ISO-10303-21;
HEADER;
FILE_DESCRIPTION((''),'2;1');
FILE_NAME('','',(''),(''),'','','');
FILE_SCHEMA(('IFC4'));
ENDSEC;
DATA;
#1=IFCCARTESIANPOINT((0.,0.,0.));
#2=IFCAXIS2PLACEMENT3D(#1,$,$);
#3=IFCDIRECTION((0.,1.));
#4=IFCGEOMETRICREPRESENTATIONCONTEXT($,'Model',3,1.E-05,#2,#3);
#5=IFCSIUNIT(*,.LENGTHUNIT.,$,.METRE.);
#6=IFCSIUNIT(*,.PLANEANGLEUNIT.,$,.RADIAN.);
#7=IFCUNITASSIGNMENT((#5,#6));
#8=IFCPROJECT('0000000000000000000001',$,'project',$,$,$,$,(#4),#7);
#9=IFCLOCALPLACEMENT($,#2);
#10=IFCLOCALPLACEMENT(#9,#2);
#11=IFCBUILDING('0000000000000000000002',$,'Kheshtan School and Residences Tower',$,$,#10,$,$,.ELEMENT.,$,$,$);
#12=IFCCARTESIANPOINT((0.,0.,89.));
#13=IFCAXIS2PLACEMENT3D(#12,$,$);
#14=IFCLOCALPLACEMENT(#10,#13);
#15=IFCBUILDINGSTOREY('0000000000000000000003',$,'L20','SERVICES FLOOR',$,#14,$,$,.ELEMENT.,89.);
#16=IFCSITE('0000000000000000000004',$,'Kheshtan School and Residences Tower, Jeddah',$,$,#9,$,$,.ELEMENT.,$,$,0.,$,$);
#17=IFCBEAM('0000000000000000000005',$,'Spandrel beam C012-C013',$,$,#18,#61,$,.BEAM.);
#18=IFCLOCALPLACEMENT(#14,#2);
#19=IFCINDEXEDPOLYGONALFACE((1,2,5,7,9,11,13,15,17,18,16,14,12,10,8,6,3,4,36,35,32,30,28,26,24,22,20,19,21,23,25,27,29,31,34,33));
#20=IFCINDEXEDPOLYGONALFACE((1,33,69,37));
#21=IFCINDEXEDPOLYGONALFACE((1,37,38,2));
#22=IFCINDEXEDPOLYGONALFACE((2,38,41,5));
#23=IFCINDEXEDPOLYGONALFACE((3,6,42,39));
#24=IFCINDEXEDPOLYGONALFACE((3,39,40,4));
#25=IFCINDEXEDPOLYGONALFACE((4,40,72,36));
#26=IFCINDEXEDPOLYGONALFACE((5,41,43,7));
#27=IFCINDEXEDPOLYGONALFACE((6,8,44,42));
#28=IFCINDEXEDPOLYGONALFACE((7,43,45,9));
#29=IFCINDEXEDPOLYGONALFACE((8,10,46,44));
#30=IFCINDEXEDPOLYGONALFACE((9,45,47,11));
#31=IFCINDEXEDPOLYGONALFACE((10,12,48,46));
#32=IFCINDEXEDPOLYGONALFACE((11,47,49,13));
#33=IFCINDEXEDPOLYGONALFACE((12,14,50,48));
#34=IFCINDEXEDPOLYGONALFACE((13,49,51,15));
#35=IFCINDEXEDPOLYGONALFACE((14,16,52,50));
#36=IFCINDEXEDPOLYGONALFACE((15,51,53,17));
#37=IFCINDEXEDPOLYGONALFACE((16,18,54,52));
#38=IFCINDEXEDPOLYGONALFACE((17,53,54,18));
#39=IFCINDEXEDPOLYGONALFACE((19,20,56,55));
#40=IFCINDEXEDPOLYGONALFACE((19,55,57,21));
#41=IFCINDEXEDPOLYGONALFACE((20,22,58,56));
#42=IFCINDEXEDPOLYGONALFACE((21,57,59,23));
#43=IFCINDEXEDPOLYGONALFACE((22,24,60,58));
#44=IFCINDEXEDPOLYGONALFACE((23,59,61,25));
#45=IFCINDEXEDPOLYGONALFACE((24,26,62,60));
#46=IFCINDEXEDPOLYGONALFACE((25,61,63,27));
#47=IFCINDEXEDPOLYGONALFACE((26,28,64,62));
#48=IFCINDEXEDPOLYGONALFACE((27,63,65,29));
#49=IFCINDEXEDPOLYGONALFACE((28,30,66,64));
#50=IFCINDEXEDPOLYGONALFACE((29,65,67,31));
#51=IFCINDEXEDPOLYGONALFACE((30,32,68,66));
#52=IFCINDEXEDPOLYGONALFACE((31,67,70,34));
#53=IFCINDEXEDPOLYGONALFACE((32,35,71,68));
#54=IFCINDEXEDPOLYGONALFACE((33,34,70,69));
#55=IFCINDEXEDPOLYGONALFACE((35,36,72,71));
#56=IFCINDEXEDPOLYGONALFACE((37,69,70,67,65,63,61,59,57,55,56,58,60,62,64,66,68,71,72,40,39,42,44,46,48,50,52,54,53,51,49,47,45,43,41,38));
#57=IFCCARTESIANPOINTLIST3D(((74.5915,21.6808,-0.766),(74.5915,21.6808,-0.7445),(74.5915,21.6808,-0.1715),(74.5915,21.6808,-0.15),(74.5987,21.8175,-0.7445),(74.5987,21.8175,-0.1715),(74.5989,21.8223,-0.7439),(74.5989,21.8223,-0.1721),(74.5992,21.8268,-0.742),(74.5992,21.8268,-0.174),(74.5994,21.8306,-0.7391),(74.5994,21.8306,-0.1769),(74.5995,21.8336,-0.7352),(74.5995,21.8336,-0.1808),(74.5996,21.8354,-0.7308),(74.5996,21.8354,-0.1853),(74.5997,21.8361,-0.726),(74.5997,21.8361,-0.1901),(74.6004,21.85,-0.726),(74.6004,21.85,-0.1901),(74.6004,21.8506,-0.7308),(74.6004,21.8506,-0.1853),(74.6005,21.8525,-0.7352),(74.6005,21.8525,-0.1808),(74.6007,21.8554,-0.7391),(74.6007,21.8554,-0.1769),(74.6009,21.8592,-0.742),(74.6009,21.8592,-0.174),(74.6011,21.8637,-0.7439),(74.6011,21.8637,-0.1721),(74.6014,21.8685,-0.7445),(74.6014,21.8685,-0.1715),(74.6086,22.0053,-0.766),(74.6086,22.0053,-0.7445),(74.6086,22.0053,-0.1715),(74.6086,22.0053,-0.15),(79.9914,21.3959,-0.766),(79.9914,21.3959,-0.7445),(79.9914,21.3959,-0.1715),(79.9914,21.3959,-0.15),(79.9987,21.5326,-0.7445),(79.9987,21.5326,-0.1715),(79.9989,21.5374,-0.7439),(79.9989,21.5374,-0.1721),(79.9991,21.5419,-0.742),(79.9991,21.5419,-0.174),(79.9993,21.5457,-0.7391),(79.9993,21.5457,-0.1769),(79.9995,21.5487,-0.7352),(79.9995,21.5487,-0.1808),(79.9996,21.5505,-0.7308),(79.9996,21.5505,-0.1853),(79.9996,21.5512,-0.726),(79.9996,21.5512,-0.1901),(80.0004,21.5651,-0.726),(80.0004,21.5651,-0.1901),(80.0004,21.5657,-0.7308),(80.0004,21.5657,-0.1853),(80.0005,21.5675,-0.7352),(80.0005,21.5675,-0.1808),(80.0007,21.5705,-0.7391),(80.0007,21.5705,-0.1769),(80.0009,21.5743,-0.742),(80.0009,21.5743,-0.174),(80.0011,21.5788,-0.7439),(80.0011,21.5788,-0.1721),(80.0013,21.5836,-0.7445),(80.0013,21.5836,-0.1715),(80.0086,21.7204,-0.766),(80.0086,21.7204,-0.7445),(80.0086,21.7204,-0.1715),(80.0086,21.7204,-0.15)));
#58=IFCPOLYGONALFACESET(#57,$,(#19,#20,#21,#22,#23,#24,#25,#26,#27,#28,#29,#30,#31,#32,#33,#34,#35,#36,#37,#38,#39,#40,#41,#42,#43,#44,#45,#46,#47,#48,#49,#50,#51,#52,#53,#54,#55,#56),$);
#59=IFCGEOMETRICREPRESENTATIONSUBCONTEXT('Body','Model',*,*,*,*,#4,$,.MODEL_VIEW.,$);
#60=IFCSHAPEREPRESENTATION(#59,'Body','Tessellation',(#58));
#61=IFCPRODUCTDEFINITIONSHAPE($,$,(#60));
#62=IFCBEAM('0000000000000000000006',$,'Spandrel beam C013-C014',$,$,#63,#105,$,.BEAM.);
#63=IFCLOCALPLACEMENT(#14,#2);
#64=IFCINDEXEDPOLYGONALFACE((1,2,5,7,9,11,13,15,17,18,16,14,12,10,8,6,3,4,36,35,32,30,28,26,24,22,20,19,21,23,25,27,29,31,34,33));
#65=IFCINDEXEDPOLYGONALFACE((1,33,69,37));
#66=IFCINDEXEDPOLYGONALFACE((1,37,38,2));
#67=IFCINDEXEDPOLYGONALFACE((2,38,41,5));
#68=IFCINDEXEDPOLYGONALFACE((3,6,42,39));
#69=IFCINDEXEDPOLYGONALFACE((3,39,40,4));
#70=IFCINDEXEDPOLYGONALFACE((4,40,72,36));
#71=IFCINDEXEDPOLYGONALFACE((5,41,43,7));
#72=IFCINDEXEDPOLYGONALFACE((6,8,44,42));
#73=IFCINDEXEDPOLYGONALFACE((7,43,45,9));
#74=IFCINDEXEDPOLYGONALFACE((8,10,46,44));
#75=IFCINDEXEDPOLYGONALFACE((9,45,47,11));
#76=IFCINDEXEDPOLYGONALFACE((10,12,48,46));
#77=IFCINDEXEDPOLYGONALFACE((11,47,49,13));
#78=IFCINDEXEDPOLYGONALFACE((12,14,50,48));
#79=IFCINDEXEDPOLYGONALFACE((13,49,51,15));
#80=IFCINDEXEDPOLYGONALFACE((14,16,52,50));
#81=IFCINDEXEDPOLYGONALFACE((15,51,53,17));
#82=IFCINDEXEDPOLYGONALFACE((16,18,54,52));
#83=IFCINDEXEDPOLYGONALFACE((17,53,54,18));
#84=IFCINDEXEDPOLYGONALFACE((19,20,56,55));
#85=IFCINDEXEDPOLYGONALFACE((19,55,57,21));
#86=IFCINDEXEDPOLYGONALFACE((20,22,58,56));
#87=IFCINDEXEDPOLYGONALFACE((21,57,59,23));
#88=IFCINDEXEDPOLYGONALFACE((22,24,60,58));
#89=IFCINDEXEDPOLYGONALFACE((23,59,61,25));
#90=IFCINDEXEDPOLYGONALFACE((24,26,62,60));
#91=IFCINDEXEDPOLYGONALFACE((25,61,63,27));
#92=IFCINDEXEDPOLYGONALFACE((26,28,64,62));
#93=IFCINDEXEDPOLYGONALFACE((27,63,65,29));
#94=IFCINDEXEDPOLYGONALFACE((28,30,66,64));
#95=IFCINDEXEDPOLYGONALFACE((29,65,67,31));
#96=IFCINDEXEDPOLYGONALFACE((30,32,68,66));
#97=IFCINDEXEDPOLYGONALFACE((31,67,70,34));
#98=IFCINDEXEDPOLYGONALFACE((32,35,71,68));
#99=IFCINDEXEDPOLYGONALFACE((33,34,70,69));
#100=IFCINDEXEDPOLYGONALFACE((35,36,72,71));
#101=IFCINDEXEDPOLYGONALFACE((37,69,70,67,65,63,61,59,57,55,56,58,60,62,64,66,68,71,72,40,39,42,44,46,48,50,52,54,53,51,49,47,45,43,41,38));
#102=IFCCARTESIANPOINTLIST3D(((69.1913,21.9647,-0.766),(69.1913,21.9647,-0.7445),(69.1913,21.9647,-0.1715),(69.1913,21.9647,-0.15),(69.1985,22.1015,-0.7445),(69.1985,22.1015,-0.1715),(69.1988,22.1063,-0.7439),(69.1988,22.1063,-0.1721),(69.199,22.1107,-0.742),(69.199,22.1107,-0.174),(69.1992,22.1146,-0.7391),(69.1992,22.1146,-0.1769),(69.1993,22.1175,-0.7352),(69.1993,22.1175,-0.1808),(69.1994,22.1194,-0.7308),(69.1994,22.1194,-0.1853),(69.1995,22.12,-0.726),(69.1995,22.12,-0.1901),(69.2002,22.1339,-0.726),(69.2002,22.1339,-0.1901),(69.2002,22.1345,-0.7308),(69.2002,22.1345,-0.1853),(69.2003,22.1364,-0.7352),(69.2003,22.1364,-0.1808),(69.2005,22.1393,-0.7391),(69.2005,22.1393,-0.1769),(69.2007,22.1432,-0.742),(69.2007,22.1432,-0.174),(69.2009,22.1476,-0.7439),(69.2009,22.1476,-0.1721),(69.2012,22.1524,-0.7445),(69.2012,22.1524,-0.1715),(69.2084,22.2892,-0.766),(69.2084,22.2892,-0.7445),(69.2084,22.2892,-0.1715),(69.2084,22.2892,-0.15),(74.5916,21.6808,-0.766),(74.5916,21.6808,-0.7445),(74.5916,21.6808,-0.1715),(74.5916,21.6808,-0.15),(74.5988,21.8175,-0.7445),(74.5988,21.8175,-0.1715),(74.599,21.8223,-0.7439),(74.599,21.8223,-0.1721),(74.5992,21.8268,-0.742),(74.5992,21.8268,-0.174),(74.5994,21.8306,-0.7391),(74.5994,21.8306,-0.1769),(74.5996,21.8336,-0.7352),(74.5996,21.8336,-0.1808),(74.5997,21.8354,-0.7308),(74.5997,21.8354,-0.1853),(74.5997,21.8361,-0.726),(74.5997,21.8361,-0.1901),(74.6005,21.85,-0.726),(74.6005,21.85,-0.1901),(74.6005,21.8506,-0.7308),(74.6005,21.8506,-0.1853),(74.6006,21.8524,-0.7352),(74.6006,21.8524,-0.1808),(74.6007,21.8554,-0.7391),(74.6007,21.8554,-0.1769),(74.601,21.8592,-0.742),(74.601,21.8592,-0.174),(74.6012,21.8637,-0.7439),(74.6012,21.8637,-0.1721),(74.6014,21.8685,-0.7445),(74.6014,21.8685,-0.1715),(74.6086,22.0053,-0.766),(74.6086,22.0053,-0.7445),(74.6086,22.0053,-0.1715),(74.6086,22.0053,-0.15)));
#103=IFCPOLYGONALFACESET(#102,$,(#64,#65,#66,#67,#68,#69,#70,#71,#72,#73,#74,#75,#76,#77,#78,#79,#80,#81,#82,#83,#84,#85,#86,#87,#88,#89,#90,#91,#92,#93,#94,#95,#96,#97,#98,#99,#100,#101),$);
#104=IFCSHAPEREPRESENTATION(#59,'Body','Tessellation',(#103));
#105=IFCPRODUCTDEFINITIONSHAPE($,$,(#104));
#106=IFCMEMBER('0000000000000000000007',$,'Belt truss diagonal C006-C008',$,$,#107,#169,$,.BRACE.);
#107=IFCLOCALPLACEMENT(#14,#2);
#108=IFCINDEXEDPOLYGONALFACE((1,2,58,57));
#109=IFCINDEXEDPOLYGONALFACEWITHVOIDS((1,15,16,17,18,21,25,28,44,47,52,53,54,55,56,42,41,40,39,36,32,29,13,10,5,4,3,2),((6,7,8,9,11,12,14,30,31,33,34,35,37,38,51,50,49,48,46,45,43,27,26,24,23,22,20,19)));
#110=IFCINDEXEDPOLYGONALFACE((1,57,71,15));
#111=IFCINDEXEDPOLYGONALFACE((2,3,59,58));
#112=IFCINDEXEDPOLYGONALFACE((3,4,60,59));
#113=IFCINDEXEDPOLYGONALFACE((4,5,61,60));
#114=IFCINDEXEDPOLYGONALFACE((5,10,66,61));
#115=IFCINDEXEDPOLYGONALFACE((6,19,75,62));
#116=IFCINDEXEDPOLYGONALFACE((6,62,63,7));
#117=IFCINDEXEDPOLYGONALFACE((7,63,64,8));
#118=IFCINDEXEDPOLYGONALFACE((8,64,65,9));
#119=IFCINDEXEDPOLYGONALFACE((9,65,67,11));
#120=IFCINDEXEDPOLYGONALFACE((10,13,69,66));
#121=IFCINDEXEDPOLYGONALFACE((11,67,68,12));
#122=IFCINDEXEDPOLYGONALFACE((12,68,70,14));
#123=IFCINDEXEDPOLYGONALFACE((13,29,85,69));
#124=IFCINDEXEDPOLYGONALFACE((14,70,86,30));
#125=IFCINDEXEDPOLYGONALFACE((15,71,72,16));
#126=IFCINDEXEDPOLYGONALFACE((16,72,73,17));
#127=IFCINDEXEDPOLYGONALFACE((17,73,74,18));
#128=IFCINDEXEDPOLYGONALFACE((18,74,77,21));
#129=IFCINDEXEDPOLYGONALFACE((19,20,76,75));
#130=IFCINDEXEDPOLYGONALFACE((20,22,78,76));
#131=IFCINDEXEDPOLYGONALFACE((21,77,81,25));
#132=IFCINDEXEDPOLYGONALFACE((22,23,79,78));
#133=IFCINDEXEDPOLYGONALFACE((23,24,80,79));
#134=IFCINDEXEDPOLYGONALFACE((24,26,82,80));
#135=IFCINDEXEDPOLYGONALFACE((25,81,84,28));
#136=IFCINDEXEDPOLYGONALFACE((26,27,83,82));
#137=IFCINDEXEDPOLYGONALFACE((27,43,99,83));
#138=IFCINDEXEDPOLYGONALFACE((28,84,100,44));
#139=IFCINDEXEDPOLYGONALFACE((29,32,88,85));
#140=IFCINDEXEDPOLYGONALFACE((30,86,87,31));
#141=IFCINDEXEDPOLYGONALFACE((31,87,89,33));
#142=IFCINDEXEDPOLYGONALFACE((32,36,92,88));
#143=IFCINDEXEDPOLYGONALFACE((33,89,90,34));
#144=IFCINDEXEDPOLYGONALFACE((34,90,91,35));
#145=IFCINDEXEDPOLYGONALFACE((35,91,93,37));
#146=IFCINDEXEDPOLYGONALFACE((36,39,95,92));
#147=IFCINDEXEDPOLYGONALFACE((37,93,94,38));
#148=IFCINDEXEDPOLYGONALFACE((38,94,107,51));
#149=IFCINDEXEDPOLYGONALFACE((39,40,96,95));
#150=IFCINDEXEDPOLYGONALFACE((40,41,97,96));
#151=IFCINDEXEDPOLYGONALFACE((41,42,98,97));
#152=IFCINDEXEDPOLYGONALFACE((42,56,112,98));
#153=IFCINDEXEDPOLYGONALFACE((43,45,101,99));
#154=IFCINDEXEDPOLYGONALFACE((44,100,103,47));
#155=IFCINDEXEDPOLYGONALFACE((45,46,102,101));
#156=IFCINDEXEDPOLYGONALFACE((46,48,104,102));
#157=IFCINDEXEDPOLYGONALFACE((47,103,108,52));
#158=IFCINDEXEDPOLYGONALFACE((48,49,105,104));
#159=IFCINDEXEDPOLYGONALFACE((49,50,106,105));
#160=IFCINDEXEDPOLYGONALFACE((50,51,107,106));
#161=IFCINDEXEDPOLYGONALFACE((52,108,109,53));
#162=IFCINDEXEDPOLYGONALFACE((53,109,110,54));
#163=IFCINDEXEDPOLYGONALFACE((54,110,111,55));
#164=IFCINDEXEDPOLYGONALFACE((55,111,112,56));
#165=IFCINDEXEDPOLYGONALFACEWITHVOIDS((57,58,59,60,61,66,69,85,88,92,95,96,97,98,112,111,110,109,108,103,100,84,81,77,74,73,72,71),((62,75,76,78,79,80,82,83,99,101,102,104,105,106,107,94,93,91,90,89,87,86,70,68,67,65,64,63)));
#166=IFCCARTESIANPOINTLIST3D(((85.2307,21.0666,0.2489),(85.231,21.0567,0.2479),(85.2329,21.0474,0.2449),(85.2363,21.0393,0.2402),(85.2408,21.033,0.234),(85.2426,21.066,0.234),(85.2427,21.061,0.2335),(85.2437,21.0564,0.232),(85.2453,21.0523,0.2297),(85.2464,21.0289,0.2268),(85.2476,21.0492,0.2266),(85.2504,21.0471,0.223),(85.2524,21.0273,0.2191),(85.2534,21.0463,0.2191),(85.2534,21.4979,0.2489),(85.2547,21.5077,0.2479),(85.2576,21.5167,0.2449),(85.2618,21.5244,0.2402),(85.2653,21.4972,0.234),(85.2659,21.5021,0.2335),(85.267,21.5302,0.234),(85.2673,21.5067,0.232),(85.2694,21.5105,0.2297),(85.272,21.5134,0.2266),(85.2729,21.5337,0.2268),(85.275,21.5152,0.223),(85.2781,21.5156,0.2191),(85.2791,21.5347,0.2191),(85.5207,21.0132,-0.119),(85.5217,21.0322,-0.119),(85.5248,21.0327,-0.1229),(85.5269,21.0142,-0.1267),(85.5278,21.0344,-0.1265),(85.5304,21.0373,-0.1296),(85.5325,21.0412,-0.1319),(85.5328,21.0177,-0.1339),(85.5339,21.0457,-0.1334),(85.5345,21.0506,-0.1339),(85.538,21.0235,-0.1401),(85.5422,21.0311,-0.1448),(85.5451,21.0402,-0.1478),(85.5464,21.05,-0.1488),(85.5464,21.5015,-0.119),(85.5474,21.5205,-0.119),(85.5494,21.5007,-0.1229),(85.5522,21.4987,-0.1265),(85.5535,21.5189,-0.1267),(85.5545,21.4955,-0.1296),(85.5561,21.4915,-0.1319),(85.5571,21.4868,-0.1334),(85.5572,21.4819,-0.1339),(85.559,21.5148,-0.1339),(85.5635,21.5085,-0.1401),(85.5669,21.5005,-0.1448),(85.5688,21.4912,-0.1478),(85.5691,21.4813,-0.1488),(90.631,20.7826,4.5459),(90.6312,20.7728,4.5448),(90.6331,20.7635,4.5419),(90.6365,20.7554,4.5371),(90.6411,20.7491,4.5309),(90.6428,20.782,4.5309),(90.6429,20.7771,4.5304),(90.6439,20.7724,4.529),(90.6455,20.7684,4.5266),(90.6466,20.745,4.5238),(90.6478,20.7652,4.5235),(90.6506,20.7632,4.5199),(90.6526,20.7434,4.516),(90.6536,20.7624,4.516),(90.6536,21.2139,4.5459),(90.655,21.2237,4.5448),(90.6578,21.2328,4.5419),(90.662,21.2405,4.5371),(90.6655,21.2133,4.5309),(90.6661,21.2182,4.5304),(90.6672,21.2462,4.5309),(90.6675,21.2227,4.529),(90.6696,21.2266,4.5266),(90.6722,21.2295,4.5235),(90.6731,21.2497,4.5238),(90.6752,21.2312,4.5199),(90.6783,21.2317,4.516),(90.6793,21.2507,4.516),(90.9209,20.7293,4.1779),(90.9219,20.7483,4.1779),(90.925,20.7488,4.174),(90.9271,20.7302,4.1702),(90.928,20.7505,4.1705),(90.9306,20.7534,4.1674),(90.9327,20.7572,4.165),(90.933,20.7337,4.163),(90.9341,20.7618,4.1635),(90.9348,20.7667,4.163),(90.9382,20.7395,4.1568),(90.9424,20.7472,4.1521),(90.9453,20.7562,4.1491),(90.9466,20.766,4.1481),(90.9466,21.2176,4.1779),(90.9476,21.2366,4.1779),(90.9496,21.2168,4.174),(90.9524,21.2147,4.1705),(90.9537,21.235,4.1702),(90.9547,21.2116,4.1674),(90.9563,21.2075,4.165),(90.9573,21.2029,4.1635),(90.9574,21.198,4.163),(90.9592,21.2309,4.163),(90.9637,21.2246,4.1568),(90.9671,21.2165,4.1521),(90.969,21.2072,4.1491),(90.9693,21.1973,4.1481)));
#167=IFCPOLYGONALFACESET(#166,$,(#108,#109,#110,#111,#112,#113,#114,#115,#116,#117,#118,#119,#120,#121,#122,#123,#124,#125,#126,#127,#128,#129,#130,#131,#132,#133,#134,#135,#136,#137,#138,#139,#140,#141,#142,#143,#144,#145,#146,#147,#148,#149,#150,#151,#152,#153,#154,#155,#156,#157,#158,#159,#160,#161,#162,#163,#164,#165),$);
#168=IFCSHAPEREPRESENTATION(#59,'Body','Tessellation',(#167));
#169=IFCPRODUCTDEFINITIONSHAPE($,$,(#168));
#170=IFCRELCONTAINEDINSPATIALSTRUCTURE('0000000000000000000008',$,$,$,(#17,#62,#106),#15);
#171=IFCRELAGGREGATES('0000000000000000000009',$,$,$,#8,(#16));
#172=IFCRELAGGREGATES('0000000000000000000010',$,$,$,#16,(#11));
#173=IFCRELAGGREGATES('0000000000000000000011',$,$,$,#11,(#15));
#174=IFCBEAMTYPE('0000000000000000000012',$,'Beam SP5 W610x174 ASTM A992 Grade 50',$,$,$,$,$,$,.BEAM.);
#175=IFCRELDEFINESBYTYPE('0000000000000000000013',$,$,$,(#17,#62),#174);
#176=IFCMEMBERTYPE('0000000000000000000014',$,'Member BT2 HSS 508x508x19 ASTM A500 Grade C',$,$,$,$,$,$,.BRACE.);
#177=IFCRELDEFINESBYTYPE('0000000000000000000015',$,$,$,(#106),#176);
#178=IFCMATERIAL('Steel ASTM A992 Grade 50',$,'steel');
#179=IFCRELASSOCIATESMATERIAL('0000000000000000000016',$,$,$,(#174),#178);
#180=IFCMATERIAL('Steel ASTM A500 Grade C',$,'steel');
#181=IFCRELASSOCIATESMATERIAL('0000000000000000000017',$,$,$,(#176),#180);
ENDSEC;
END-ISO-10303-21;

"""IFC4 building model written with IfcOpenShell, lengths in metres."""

from ifc_helpers import new_model, si_unit, direction, frame, origin, origin_2d, place, context, subcontext, project, spatial, hollow_rectangle, i_section, extrude, material, material_profile, profile_set, type_object, element, save


model = new_model("IFC4")

# Units and contexts
model_context = context("Model", 3, precision=1e-05, world=origin(), true_north=direction((0.0, 1.0)))
body_context = subcontext(model_context, "Body", "Model", "MODEL_VIEW")
ifc_project = project(units=[si_unit("LENGTHUNIT", "METRE"), si_unit("PLANEANGLEUNIT", "RADIAN")], contexts=[model_context])

# Site, building, storey
site_placement = place(None, origin())
site = spatial("IfcSite", under=ifc_project, at=site_placement, Name="Kheshtan School and Residences Tower, Jeddah", CompositionType="ELEMENT", RefElevation=0.0)
building_placement = place(site_placement, origin())
building = spatial("IfcBuilding", under=site, at=building_placement, Name="Kheshtan School and Residences Tower", CompositionType="ELEMENT")
storey_placement = place(building_placement, frame((0.0, 0.0, 89.0)))
storey = spatial("IfcBuildingStorey", under=building, at=storey_placement, Name="L20", Description="SERVICES FLOOR", CompositionType="ELEMENT", Elevation=89.0)

# Shared definitions
ifc_material_1 = material(Name="Steel ASTM A992 Grade 50", Category="steel")

# Beams
ifc_material_profile_1 = material_profile(ifc_material_1, i_section(OverallWidth=0.325, OverallDepth=0.616, WebThickness=0.0139, FlangeThickness=0.0215, FilletRadius=0.0186, at=origin_2d()), Name="W610x174")
ifc_profile_set_1 = profile_set([ifc_material_profile_1], Name="Steel ASTM A992 Grade 50")
beam_type = type_object("IfcBeamType", Name="Beam SP5 W610x174 ASTM A992 Grade 50", PredefinedType="BEAM", material=ifc_profile_set_1)
for number, where, z_axis, x_axis, name in (
    (1, (80.0, 21.5581, -0.458), (-0.998611, 0.052689, 0.0), (-0.052689, -0.998611, 0.0), "Spandrel beam C012-C013"),
):
    element("IfcBeam", number, at=place(storey_placement, frame(where, z_axis=z_axis, x_axis=x_axis)), inside=storey, type_object=beam_type, Name=name, PredefinedType="BEAM", context=body_context, shape_type="SweptSolid", body=[
        extrude(i_section(OverallWidth=0.325, OverallDepth=0.616, WebThickness=0.0139, FlangeThickness=0.0215, FilletRadius=0.0186, at=origin_2d()), origin(), (0.0, 0.0, 1.0), 5.4075),
    ])
beam_placement = place(storey_placement, frame((74.6001, 21.843, -0.458), z_axis=(-0.998621, 0.052507, 0.0), x_axis=(-0.052507, -0.998621, 0.0)))
element("IfcBeam", 2, at=beam_placement, inside=storey, type_object=beam_type, Name="Spandrel beam C013-C014", PredefinedType="BEAM", context=body_context, shape_type="SweptSolid", body=[
    extrude(i_section(OverallWidth=0.325, OverallDepth=0.616, WebThickness=0.0139, FlangeThickness=0.0215, FilletRadius=0.0186, at=origin_2d()), origin(), (0.0, 0.0, 1.0), 5.4077),
])

# Member
ifc_material_2 = material(Name="Steel ASTM A500 Grade C", Category="steel")
ifc_material_profile_2 = material_profile(ifc_material_2, hollow_rectangle(XDim=0.5081, YDim=0.5081, WallThickness=0.019, InnerFilletRadius=0.019, OuterFilletRadius=0.0381, at=origin_2d()), Name="HSS 508x508x19")
ifc_profile_set_2 = profile_set([ifc_material_profile_2], Name="Steel ASTM A500 Grade C")
member_type = type_object("IfcMemberType", Name="Member BT2 HSS 508x508x19 ASTM A500 Grade C", PredefinedType="BRACE", material=ifc_profile_set_2)
member_1_placement = place(storey_placement, frame((85.3999, 21.2739, 0.05), z_axis=(0.781848, -0.041109, 0.622113), x_axis=(0.052507, 0.998621, 0.0)))
element("IfcMember", 3, at=member_1_placement, inside=storey, type_object=member_type, Name="Belt truss diagonal C006-C008", PredefinedType="BRACE", context=body_context, shape_type="SweptSolid", body=[
    extrude(hollow_rectangle(XDim=0.5081, YDim=0.5081, WallThickness=0.019, InnerFilletRadius=0.019, OuterFilletRadius=0.0381, at=origin_2d()), origin(), (0.0, 0.0, 1.0), 6.907),
])

save(model, "model.ifc")
